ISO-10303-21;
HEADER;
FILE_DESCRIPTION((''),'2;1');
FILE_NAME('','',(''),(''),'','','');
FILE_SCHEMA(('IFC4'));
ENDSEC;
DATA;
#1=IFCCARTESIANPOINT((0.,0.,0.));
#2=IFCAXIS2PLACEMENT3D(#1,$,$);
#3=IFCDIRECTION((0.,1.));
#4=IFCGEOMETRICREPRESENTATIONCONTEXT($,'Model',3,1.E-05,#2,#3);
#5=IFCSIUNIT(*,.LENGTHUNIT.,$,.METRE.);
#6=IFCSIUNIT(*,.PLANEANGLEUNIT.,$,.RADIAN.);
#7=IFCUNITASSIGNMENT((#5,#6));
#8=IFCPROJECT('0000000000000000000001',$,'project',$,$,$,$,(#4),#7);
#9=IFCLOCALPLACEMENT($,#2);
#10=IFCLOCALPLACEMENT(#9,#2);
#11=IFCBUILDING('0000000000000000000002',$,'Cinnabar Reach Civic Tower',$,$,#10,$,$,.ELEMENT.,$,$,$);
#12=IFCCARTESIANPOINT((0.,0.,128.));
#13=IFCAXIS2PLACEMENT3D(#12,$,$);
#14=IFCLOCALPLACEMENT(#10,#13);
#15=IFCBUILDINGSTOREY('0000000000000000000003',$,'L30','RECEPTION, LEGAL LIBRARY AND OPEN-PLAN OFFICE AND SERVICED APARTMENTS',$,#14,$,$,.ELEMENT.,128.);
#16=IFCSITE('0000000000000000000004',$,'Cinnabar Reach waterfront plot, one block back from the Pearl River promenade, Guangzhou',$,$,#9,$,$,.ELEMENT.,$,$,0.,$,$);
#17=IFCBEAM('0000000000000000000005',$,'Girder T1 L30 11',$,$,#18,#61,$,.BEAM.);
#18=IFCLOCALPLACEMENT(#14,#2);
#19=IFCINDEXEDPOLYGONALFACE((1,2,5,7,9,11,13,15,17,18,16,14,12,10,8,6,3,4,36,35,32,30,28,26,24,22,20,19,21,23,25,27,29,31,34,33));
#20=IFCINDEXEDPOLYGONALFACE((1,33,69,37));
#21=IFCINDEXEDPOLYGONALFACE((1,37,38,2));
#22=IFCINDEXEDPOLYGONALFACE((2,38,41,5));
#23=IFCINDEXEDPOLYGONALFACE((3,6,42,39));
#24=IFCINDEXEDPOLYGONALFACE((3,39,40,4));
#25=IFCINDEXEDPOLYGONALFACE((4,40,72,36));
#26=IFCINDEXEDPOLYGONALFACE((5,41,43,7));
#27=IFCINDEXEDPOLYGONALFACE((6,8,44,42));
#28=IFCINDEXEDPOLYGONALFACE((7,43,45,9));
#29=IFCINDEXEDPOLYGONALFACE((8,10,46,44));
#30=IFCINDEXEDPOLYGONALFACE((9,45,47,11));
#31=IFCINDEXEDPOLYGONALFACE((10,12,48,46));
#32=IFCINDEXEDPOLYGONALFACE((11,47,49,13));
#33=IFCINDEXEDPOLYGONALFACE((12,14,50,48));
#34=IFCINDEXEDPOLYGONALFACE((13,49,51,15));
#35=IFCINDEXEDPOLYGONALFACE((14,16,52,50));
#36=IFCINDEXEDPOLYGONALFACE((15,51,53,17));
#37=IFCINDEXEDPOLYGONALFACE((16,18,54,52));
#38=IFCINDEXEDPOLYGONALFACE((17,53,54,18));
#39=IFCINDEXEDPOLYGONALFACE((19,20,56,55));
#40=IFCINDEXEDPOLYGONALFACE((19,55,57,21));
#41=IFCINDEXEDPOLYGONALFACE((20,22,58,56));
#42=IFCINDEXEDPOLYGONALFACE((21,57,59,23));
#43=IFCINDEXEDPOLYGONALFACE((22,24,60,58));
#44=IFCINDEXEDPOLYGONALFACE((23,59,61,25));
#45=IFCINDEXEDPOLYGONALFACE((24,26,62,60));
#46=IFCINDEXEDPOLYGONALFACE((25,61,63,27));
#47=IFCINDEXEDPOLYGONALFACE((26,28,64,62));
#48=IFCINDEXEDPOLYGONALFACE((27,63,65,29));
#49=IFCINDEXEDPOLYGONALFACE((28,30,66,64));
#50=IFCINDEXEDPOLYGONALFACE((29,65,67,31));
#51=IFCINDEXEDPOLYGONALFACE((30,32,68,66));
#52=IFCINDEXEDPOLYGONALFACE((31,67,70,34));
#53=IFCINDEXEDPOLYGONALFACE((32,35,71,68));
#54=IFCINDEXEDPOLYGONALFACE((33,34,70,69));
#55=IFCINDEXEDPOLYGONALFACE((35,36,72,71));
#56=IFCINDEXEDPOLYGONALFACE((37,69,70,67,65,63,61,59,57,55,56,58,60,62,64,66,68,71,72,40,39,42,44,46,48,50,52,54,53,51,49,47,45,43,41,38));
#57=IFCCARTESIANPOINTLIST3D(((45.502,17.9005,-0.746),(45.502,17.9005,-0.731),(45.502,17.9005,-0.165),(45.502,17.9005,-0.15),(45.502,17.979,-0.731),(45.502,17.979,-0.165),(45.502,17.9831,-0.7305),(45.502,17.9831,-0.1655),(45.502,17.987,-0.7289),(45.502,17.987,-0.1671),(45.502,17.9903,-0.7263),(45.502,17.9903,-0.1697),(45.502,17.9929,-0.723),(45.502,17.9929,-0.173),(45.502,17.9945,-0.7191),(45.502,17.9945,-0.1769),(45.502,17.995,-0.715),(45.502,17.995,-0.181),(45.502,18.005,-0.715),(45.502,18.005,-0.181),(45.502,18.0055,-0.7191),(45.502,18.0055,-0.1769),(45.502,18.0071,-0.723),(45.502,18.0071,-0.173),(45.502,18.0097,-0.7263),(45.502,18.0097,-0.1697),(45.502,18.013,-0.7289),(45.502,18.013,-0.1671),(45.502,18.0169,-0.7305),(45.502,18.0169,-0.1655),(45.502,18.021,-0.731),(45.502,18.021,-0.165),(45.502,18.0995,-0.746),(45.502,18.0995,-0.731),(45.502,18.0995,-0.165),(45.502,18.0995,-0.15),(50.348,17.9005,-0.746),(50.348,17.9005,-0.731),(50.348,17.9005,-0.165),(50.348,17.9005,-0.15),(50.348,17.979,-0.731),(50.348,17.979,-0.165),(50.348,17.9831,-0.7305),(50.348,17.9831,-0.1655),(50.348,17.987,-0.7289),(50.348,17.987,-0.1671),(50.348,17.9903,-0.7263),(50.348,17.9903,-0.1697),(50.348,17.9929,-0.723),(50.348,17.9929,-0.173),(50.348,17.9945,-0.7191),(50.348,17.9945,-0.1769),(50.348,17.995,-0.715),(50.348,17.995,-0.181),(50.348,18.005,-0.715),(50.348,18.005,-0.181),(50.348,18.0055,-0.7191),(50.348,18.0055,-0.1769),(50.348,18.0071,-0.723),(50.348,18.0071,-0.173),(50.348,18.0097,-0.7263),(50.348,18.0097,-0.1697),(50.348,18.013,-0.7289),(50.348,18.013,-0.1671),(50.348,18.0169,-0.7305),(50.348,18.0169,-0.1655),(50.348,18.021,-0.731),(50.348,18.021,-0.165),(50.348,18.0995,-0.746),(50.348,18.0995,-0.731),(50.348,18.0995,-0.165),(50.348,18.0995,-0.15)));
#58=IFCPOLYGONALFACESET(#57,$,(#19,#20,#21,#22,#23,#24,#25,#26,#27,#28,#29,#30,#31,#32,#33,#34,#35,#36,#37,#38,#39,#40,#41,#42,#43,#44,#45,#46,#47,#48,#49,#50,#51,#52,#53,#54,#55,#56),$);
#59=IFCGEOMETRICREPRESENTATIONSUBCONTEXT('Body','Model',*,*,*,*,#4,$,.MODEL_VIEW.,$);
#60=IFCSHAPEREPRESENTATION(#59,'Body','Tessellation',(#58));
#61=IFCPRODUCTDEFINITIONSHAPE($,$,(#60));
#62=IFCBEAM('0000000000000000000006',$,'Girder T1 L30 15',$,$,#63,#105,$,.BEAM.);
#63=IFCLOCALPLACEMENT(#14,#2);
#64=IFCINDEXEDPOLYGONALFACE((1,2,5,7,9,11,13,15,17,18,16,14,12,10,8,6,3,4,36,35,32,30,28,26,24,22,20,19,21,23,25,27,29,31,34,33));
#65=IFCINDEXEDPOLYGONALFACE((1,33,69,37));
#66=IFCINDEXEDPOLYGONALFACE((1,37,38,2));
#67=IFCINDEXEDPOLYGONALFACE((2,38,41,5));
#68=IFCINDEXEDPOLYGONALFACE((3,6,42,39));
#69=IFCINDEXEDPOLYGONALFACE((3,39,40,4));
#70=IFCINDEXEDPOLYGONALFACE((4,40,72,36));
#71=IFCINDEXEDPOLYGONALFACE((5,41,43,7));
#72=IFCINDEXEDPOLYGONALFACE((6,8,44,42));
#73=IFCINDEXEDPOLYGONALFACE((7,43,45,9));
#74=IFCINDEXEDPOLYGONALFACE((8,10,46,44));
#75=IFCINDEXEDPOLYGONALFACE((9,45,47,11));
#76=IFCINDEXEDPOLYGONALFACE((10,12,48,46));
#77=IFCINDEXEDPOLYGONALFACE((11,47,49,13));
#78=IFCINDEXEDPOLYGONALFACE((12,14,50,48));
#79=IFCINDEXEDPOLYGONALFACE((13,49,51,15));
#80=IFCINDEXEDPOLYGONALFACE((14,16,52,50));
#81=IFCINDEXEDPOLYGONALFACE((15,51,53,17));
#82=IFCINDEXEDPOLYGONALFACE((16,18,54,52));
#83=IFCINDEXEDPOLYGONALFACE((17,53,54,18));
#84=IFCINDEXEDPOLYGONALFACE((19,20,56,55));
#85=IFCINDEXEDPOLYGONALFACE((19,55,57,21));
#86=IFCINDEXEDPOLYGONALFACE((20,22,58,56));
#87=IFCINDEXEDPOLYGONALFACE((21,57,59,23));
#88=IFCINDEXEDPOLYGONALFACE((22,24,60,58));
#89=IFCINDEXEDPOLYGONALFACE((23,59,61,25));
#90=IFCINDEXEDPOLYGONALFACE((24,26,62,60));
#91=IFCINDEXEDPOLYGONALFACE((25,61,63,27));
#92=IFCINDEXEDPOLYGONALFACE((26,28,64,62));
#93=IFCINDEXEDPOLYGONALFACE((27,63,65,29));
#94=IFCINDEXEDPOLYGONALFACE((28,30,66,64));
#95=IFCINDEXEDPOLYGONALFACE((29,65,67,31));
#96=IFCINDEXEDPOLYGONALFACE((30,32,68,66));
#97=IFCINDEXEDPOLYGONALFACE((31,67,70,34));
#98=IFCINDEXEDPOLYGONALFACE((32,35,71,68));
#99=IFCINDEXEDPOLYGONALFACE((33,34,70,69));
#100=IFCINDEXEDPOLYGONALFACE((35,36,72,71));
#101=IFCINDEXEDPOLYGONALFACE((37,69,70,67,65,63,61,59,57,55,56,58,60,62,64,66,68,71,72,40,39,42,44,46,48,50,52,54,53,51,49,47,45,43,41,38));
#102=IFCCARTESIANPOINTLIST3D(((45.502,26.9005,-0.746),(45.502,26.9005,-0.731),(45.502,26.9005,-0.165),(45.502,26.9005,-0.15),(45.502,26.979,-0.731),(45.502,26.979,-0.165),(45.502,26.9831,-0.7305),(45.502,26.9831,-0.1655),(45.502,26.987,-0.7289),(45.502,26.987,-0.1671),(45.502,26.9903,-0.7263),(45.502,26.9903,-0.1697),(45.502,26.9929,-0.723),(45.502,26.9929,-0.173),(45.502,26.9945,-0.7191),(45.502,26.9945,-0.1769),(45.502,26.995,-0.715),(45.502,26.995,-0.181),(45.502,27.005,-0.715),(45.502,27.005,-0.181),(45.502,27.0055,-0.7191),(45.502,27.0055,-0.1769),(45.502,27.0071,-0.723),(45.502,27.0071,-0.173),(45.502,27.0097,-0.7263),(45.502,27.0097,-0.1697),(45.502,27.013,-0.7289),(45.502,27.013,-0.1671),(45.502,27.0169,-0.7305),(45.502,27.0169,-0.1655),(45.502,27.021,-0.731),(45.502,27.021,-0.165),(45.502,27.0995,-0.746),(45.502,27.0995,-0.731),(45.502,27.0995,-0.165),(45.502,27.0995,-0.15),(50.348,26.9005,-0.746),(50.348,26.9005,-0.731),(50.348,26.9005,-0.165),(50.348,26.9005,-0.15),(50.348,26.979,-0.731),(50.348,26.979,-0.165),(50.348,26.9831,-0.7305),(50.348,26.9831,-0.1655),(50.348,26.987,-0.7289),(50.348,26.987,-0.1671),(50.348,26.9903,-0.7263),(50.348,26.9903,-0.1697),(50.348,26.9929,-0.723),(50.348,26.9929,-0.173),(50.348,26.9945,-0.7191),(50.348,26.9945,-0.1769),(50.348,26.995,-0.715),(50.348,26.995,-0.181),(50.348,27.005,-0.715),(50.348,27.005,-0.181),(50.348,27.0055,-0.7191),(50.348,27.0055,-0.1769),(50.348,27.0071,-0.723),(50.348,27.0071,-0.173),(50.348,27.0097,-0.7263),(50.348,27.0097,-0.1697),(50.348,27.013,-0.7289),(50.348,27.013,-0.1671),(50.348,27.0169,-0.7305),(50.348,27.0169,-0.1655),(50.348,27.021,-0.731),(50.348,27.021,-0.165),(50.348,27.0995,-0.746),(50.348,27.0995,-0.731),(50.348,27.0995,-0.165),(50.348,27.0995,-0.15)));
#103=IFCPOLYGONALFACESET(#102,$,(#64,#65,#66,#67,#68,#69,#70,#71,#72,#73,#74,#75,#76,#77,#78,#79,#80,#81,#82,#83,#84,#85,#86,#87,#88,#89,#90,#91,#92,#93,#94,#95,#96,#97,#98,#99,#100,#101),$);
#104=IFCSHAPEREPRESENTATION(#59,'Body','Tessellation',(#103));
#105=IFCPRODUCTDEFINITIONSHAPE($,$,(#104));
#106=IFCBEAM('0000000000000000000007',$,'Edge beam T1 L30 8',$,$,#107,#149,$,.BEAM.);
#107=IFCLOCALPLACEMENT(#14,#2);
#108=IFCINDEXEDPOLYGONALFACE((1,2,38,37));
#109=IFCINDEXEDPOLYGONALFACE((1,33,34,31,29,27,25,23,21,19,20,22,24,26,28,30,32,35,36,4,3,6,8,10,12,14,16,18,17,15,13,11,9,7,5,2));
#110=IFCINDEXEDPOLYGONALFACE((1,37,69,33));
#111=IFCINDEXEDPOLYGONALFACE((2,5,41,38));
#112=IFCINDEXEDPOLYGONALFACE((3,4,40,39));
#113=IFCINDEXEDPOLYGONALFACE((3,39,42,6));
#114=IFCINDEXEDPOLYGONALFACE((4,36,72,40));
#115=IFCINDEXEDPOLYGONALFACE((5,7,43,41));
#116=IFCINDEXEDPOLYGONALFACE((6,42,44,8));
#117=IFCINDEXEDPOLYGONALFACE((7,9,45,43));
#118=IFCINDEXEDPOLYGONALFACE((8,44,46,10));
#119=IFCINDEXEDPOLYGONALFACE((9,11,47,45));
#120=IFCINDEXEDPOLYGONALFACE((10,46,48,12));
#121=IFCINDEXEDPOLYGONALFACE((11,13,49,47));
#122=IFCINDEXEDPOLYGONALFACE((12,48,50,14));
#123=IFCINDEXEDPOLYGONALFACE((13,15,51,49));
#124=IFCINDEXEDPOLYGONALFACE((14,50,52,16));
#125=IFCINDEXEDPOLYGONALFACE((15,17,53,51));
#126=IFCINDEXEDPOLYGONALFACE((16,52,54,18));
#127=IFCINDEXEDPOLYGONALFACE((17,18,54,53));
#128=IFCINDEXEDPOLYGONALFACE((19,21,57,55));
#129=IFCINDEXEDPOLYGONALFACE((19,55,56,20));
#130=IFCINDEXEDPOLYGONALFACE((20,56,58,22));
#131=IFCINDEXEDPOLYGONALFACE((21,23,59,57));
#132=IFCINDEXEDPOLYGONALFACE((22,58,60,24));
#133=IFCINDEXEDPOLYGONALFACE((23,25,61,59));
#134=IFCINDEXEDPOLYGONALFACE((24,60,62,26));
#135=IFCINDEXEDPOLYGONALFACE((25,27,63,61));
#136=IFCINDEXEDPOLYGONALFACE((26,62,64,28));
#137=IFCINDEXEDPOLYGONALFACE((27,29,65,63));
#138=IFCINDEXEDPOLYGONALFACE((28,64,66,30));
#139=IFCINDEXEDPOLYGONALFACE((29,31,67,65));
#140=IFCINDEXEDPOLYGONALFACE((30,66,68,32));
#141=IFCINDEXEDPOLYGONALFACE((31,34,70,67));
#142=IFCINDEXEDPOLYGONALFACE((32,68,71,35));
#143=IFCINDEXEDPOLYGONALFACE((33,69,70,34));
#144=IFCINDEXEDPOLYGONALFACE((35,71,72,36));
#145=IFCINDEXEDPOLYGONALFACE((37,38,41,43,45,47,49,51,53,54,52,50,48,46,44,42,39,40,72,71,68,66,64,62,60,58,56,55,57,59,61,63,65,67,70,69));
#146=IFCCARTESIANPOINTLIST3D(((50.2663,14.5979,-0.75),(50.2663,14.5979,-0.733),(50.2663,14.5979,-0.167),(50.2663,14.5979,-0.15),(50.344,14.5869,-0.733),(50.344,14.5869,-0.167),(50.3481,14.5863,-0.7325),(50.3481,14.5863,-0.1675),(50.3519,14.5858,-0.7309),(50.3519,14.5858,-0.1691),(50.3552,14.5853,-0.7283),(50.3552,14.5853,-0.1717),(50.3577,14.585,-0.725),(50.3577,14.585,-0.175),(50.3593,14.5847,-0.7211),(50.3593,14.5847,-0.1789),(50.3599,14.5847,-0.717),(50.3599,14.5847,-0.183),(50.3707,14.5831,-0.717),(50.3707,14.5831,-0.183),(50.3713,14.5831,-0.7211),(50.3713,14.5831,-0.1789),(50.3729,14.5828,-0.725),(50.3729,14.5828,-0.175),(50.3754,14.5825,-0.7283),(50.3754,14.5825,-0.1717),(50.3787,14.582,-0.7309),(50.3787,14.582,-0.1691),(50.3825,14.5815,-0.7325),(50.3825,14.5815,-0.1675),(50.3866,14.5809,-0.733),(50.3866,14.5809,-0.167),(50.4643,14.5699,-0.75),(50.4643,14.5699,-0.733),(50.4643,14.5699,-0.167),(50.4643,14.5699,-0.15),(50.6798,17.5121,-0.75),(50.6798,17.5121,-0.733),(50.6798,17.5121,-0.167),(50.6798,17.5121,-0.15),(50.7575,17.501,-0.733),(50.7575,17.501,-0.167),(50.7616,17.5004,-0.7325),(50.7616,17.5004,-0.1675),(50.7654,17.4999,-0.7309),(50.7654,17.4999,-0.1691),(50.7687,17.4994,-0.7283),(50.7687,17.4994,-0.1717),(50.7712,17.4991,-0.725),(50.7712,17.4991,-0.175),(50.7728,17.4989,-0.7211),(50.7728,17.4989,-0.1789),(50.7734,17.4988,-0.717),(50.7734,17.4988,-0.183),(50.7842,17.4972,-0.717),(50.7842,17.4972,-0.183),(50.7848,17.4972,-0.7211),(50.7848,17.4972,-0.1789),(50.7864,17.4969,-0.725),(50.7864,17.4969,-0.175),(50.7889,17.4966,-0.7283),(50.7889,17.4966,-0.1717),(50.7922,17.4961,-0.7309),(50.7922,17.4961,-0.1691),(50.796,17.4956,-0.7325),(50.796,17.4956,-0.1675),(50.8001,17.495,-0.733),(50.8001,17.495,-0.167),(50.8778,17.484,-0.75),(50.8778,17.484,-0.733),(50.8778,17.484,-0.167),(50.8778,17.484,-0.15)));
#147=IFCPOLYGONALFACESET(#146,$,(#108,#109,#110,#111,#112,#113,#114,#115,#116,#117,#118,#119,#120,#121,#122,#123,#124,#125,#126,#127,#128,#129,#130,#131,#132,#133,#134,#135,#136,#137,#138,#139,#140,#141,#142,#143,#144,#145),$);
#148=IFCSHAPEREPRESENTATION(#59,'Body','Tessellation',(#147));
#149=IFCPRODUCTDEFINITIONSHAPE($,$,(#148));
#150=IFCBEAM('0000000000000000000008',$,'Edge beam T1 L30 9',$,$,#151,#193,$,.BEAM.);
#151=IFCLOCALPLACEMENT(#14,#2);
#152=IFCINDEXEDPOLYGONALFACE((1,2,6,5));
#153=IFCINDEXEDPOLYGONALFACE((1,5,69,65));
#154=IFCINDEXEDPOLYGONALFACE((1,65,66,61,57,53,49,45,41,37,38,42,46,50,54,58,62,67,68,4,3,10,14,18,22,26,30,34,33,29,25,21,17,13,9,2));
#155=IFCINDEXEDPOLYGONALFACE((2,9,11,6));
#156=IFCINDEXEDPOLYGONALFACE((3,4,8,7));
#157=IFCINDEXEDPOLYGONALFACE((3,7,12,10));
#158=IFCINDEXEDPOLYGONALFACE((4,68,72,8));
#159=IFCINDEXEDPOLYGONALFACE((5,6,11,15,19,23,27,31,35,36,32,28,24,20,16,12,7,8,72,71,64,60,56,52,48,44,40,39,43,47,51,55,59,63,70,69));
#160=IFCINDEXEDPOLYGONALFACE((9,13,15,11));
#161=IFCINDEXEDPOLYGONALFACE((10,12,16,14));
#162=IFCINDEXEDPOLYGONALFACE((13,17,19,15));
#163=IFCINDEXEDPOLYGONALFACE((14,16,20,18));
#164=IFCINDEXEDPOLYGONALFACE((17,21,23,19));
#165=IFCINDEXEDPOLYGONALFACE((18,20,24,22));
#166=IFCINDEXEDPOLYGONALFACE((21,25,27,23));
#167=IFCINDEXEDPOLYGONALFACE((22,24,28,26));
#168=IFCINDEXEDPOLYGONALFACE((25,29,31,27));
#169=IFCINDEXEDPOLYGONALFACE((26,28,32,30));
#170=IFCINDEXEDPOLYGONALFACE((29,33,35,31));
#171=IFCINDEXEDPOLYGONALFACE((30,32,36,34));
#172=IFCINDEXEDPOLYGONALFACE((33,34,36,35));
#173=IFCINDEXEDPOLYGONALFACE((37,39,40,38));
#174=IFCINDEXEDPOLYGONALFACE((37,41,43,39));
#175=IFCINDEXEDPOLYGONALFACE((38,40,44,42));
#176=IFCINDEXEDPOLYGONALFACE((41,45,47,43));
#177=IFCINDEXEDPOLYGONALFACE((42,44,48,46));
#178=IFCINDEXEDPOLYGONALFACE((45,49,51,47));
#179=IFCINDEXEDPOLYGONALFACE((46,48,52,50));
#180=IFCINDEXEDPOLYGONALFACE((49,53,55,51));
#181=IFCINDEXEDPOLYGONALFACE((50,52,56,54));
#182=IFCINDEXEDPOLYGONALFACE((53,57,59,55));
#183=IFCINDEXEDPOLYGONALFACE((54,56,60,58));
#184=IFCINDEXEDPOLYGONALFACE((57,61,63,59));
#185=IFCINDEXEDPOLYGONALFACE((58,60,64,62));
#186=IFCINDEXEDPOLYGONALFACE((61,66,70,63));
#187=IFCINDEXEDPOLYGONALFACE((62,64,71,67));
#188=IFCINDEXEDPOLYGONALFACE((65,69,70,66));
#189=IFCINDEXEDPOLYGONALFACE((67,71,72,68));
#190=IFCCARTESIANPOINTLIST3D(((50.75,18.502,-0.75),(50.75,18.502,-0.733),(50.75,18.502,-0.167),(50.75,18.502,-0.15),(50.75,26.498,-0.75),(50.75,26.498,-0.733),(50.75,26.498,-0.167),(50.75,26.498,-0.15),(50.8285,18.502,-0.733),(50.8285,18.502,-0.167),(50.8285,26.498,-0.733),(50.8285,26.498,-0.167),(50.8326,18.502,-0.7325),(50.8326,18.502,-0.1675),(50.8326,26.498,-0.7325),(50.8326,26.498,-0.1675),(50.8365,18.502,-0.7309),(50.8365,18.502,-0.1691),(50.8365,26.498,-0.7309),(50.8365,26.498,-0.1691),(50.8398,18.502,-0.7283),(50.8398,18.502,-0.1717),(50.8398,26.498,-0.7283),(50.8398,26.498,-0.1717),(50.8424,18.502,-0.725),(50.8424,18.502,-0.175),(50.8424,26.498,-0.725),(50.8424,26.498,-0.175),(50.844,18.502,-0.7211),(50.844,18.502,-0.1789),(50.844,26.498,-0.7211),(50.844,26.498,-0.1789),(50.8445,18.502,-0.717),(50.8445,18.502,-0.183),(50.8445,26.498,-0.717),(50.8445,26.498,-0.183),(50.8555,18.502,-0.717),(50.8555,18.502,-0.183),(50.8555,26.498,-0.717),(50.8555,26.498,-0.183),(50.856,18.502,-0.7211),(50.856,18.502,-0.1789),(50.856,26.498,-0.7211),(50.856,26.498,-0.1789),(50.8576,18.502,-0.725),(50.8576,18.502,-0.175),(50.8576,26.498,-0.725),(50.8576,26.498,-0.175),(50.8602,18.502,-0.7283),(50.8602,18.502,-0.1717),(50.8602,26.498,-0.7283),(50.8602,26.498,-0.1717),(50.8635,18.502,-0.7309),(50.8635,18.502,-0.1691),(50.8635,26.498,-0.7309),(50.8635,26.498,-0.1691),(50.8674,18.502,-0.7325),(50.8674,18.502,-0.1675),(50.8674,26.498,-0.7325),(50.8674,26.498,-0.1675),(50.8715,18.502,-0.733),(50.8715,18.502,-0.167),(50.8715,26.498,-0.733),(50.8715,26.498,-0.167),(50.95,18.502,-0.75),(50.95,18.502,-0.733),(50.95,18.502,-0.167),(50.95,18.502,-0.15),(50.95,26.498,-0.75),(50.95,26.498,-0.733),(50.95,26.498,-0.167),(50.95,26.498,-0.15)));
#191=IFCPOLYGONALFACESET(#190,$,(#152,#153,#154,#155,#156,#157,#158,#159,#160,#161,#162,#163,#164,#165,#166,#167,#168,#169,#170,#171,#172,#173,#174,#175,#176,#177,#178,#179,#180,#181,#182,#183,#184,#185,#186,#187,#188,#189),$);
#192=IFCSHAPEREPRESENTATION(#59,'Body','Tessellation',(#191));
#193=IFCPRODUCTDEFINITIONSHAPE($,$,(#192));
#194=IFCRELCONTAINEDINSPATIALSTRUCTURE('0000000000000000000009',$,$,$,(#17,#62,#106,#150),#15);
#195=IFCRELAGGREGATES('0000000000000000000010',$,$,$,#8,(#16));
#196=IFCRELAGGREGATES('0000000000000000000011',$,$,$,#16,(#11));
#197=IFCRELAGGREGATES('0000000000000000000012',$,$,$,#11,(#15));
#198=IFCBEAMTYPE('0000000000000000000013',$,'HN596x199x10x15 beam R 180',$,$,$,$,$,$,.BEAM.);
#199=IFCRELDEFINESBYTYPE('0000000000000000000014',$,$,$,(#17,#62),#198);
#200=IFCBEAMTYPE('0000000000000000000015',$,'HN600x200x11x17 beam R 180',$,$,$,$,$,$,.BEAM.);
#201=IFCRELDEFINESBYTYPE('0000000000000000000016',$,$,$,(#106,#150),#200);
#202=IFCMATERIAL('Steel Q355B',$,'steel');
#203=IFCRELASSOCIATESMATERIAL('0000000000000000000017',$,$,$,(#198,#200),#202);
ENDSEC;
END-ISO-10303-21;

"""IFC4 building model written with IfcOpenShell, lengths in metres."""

from ifc_helpers import new_model, si_unit, direction, frame, origin, origin_2d, place, context, subcontext, project, spatial, i_section, extrude, material, material_profile, profile_set, type_object, element, save


model = new_model("IFC4")

# Units and contexts
model_context = context("Model", 3, precision=1e-05, world=origin(), true_north=direction((0.0, 1.0)))
body_context = subcontext(model_context, "Body", "Model", "MODEL_VIEW")
ifc_project = project(units=[si_unit("LENGTHUNIT", "METRE"), si_unit("PLANEANGLEUNIT", "RADIAN")], contexts=[model_context])

# Site, building, storey
site_placement = place(None, origin())
site = spatial("IfcSite", under=ifc_project, at=site_placement, Name="Cinnabar Reach waterfront plot, one block back from the Pearl River promenade, Guangzhou", CompositionType="ELEMENT", RefElevation=0.0)
building_placement = place(site_placement, origin())
building = spatial("IfcBuilding", under=site, at=building_placement, Name="Cinnabar Reach Civic Tower", CompositionType="ELEMENT")
storey_placement = place(building_placement, frame((0.0, 0.0, 128.0)))
storey = spatial("IfcBuildingStorey", under=building, at=storey_placement, Name="L30", Description="RECEPTION, LEGAL LIBRARY AND OPEN-PLAN OFFICE AND SERVICED APARTMENTS", CompositionType="ELEMENT", Elevation=128.0)

# Beams
ifc_material_1 = material(Name="Steel Q355B", Category="steel")
ifc_material_profile_1 = material_profile(ifc_material_1, i_section(OverallWidth=0.199, OverallDepth=0.596, WebThickness=0.01, FlangeThickness=0.015, FilletRadius=0.016, at=origin_2d()), Name="HN596x199x10x15")
ifc_profile_set_1 = profile_set([ifc_material_profile_1], Name="Steel Q355B")
beam_type_1 = type_object("IfcBeamType", Name="HN596x199x10x15 beam R 180", PredefinedType="BEAM", material=ifc_profile_set_1)
for number, where, z_axis, x_axis, name in (
    (1, (45.502, 18.0, -0.448), (1.0, 0.0, 0.0), (0.0, 1.0, 0.0), "Girder T1 L30 11"),
    (2, (45.502, 27.0, -0.448), (1.0, 0.0, 0.0), (0.0, 1.0, 0.0), "Girder T1 L30 15"),
):
    element("IfcBeam", number, at=place(storey_placement, frame(where, z_axis=z_axis, x_axis=x_axis)), inside=storey, type_object=beam_type_1, Name=name, PredefinedType="BEAM", context=body_context, shape_type="SweptSolid", body=[
        extrude(i_section(OverallWidth=0.199, OverallDepth=0.596, WebThickness=0.01, FlangeThickness=0.015, FilletRadius=0.016, at=origin_2d()), origin(), (0.0, 0.0, 1.0), 4.846),
    ])
ifc_material_profile_2 = material_profile(ifc_material_1, i_section(OverallWidth=0.2, OverallDepth=0.6, WebThickness=0.011, FlangeThickness=0.017, FilletRadius=0.016, at=origin_2d()), Name="HN600x200x11x17")
ifc_profile_set_2 = profile_set([ifc_material_profile_2], Name="Steel Q355B")
beam_type_2 = type_object("IfcBeamType", Name="HN600x200x11x17 beam R 180", PredefinedType="BEAM", material=ifc_profile_set_2)
beam_1_placement = place(storey_placement, frame((50.3653, 14.5839, -0.45), z_axis=(0.140489, 0.990082, 0.0), x_axis=(-0.990082, 0.140489, 0.0)))
element("IfcBeam", 3, at=beam_1_placement, inside=storey, type_object=beam_type_2, Name="Edge beam T1 L30 8", PredefinedType="BEAM", context=body_context, shape_type="SweptSolid", body=[
    extrude(i_section(OverallWidth=0.2, OverallDepth=0.6, WebThickness=0.011, FlangeThickness=0.017, FilletRadius=0.016, at=origin_2d()), origin(), (0.0, 0.0, 1.0), 2.9433),
])
beam_2_placement = place(storey_placement, frame((50.85, 18.502, -0.45), z_axis=(0.0, 1.0, 0.0), x_axis=(-1.0, 0.0, 0.0)))
element("IfcBeam", 4, at=beam_2_placement, inside=storey, type_object=beam_type_2, Name="Edge beam T1 L30 9", PredefinedType="BEAM", context=body_context, shape_type="SweptSolid", body=[
    extrude(i_section(OverallWidth=0.2, OverallDepth=0.6, WebThickness=0.011, FlangeThickness=0.017, FilletRadius=0.016, at=origin_2d()), origin(), (0.0, 0.0, 1.0), 7.996),
])

save(model, "model.ifc")
